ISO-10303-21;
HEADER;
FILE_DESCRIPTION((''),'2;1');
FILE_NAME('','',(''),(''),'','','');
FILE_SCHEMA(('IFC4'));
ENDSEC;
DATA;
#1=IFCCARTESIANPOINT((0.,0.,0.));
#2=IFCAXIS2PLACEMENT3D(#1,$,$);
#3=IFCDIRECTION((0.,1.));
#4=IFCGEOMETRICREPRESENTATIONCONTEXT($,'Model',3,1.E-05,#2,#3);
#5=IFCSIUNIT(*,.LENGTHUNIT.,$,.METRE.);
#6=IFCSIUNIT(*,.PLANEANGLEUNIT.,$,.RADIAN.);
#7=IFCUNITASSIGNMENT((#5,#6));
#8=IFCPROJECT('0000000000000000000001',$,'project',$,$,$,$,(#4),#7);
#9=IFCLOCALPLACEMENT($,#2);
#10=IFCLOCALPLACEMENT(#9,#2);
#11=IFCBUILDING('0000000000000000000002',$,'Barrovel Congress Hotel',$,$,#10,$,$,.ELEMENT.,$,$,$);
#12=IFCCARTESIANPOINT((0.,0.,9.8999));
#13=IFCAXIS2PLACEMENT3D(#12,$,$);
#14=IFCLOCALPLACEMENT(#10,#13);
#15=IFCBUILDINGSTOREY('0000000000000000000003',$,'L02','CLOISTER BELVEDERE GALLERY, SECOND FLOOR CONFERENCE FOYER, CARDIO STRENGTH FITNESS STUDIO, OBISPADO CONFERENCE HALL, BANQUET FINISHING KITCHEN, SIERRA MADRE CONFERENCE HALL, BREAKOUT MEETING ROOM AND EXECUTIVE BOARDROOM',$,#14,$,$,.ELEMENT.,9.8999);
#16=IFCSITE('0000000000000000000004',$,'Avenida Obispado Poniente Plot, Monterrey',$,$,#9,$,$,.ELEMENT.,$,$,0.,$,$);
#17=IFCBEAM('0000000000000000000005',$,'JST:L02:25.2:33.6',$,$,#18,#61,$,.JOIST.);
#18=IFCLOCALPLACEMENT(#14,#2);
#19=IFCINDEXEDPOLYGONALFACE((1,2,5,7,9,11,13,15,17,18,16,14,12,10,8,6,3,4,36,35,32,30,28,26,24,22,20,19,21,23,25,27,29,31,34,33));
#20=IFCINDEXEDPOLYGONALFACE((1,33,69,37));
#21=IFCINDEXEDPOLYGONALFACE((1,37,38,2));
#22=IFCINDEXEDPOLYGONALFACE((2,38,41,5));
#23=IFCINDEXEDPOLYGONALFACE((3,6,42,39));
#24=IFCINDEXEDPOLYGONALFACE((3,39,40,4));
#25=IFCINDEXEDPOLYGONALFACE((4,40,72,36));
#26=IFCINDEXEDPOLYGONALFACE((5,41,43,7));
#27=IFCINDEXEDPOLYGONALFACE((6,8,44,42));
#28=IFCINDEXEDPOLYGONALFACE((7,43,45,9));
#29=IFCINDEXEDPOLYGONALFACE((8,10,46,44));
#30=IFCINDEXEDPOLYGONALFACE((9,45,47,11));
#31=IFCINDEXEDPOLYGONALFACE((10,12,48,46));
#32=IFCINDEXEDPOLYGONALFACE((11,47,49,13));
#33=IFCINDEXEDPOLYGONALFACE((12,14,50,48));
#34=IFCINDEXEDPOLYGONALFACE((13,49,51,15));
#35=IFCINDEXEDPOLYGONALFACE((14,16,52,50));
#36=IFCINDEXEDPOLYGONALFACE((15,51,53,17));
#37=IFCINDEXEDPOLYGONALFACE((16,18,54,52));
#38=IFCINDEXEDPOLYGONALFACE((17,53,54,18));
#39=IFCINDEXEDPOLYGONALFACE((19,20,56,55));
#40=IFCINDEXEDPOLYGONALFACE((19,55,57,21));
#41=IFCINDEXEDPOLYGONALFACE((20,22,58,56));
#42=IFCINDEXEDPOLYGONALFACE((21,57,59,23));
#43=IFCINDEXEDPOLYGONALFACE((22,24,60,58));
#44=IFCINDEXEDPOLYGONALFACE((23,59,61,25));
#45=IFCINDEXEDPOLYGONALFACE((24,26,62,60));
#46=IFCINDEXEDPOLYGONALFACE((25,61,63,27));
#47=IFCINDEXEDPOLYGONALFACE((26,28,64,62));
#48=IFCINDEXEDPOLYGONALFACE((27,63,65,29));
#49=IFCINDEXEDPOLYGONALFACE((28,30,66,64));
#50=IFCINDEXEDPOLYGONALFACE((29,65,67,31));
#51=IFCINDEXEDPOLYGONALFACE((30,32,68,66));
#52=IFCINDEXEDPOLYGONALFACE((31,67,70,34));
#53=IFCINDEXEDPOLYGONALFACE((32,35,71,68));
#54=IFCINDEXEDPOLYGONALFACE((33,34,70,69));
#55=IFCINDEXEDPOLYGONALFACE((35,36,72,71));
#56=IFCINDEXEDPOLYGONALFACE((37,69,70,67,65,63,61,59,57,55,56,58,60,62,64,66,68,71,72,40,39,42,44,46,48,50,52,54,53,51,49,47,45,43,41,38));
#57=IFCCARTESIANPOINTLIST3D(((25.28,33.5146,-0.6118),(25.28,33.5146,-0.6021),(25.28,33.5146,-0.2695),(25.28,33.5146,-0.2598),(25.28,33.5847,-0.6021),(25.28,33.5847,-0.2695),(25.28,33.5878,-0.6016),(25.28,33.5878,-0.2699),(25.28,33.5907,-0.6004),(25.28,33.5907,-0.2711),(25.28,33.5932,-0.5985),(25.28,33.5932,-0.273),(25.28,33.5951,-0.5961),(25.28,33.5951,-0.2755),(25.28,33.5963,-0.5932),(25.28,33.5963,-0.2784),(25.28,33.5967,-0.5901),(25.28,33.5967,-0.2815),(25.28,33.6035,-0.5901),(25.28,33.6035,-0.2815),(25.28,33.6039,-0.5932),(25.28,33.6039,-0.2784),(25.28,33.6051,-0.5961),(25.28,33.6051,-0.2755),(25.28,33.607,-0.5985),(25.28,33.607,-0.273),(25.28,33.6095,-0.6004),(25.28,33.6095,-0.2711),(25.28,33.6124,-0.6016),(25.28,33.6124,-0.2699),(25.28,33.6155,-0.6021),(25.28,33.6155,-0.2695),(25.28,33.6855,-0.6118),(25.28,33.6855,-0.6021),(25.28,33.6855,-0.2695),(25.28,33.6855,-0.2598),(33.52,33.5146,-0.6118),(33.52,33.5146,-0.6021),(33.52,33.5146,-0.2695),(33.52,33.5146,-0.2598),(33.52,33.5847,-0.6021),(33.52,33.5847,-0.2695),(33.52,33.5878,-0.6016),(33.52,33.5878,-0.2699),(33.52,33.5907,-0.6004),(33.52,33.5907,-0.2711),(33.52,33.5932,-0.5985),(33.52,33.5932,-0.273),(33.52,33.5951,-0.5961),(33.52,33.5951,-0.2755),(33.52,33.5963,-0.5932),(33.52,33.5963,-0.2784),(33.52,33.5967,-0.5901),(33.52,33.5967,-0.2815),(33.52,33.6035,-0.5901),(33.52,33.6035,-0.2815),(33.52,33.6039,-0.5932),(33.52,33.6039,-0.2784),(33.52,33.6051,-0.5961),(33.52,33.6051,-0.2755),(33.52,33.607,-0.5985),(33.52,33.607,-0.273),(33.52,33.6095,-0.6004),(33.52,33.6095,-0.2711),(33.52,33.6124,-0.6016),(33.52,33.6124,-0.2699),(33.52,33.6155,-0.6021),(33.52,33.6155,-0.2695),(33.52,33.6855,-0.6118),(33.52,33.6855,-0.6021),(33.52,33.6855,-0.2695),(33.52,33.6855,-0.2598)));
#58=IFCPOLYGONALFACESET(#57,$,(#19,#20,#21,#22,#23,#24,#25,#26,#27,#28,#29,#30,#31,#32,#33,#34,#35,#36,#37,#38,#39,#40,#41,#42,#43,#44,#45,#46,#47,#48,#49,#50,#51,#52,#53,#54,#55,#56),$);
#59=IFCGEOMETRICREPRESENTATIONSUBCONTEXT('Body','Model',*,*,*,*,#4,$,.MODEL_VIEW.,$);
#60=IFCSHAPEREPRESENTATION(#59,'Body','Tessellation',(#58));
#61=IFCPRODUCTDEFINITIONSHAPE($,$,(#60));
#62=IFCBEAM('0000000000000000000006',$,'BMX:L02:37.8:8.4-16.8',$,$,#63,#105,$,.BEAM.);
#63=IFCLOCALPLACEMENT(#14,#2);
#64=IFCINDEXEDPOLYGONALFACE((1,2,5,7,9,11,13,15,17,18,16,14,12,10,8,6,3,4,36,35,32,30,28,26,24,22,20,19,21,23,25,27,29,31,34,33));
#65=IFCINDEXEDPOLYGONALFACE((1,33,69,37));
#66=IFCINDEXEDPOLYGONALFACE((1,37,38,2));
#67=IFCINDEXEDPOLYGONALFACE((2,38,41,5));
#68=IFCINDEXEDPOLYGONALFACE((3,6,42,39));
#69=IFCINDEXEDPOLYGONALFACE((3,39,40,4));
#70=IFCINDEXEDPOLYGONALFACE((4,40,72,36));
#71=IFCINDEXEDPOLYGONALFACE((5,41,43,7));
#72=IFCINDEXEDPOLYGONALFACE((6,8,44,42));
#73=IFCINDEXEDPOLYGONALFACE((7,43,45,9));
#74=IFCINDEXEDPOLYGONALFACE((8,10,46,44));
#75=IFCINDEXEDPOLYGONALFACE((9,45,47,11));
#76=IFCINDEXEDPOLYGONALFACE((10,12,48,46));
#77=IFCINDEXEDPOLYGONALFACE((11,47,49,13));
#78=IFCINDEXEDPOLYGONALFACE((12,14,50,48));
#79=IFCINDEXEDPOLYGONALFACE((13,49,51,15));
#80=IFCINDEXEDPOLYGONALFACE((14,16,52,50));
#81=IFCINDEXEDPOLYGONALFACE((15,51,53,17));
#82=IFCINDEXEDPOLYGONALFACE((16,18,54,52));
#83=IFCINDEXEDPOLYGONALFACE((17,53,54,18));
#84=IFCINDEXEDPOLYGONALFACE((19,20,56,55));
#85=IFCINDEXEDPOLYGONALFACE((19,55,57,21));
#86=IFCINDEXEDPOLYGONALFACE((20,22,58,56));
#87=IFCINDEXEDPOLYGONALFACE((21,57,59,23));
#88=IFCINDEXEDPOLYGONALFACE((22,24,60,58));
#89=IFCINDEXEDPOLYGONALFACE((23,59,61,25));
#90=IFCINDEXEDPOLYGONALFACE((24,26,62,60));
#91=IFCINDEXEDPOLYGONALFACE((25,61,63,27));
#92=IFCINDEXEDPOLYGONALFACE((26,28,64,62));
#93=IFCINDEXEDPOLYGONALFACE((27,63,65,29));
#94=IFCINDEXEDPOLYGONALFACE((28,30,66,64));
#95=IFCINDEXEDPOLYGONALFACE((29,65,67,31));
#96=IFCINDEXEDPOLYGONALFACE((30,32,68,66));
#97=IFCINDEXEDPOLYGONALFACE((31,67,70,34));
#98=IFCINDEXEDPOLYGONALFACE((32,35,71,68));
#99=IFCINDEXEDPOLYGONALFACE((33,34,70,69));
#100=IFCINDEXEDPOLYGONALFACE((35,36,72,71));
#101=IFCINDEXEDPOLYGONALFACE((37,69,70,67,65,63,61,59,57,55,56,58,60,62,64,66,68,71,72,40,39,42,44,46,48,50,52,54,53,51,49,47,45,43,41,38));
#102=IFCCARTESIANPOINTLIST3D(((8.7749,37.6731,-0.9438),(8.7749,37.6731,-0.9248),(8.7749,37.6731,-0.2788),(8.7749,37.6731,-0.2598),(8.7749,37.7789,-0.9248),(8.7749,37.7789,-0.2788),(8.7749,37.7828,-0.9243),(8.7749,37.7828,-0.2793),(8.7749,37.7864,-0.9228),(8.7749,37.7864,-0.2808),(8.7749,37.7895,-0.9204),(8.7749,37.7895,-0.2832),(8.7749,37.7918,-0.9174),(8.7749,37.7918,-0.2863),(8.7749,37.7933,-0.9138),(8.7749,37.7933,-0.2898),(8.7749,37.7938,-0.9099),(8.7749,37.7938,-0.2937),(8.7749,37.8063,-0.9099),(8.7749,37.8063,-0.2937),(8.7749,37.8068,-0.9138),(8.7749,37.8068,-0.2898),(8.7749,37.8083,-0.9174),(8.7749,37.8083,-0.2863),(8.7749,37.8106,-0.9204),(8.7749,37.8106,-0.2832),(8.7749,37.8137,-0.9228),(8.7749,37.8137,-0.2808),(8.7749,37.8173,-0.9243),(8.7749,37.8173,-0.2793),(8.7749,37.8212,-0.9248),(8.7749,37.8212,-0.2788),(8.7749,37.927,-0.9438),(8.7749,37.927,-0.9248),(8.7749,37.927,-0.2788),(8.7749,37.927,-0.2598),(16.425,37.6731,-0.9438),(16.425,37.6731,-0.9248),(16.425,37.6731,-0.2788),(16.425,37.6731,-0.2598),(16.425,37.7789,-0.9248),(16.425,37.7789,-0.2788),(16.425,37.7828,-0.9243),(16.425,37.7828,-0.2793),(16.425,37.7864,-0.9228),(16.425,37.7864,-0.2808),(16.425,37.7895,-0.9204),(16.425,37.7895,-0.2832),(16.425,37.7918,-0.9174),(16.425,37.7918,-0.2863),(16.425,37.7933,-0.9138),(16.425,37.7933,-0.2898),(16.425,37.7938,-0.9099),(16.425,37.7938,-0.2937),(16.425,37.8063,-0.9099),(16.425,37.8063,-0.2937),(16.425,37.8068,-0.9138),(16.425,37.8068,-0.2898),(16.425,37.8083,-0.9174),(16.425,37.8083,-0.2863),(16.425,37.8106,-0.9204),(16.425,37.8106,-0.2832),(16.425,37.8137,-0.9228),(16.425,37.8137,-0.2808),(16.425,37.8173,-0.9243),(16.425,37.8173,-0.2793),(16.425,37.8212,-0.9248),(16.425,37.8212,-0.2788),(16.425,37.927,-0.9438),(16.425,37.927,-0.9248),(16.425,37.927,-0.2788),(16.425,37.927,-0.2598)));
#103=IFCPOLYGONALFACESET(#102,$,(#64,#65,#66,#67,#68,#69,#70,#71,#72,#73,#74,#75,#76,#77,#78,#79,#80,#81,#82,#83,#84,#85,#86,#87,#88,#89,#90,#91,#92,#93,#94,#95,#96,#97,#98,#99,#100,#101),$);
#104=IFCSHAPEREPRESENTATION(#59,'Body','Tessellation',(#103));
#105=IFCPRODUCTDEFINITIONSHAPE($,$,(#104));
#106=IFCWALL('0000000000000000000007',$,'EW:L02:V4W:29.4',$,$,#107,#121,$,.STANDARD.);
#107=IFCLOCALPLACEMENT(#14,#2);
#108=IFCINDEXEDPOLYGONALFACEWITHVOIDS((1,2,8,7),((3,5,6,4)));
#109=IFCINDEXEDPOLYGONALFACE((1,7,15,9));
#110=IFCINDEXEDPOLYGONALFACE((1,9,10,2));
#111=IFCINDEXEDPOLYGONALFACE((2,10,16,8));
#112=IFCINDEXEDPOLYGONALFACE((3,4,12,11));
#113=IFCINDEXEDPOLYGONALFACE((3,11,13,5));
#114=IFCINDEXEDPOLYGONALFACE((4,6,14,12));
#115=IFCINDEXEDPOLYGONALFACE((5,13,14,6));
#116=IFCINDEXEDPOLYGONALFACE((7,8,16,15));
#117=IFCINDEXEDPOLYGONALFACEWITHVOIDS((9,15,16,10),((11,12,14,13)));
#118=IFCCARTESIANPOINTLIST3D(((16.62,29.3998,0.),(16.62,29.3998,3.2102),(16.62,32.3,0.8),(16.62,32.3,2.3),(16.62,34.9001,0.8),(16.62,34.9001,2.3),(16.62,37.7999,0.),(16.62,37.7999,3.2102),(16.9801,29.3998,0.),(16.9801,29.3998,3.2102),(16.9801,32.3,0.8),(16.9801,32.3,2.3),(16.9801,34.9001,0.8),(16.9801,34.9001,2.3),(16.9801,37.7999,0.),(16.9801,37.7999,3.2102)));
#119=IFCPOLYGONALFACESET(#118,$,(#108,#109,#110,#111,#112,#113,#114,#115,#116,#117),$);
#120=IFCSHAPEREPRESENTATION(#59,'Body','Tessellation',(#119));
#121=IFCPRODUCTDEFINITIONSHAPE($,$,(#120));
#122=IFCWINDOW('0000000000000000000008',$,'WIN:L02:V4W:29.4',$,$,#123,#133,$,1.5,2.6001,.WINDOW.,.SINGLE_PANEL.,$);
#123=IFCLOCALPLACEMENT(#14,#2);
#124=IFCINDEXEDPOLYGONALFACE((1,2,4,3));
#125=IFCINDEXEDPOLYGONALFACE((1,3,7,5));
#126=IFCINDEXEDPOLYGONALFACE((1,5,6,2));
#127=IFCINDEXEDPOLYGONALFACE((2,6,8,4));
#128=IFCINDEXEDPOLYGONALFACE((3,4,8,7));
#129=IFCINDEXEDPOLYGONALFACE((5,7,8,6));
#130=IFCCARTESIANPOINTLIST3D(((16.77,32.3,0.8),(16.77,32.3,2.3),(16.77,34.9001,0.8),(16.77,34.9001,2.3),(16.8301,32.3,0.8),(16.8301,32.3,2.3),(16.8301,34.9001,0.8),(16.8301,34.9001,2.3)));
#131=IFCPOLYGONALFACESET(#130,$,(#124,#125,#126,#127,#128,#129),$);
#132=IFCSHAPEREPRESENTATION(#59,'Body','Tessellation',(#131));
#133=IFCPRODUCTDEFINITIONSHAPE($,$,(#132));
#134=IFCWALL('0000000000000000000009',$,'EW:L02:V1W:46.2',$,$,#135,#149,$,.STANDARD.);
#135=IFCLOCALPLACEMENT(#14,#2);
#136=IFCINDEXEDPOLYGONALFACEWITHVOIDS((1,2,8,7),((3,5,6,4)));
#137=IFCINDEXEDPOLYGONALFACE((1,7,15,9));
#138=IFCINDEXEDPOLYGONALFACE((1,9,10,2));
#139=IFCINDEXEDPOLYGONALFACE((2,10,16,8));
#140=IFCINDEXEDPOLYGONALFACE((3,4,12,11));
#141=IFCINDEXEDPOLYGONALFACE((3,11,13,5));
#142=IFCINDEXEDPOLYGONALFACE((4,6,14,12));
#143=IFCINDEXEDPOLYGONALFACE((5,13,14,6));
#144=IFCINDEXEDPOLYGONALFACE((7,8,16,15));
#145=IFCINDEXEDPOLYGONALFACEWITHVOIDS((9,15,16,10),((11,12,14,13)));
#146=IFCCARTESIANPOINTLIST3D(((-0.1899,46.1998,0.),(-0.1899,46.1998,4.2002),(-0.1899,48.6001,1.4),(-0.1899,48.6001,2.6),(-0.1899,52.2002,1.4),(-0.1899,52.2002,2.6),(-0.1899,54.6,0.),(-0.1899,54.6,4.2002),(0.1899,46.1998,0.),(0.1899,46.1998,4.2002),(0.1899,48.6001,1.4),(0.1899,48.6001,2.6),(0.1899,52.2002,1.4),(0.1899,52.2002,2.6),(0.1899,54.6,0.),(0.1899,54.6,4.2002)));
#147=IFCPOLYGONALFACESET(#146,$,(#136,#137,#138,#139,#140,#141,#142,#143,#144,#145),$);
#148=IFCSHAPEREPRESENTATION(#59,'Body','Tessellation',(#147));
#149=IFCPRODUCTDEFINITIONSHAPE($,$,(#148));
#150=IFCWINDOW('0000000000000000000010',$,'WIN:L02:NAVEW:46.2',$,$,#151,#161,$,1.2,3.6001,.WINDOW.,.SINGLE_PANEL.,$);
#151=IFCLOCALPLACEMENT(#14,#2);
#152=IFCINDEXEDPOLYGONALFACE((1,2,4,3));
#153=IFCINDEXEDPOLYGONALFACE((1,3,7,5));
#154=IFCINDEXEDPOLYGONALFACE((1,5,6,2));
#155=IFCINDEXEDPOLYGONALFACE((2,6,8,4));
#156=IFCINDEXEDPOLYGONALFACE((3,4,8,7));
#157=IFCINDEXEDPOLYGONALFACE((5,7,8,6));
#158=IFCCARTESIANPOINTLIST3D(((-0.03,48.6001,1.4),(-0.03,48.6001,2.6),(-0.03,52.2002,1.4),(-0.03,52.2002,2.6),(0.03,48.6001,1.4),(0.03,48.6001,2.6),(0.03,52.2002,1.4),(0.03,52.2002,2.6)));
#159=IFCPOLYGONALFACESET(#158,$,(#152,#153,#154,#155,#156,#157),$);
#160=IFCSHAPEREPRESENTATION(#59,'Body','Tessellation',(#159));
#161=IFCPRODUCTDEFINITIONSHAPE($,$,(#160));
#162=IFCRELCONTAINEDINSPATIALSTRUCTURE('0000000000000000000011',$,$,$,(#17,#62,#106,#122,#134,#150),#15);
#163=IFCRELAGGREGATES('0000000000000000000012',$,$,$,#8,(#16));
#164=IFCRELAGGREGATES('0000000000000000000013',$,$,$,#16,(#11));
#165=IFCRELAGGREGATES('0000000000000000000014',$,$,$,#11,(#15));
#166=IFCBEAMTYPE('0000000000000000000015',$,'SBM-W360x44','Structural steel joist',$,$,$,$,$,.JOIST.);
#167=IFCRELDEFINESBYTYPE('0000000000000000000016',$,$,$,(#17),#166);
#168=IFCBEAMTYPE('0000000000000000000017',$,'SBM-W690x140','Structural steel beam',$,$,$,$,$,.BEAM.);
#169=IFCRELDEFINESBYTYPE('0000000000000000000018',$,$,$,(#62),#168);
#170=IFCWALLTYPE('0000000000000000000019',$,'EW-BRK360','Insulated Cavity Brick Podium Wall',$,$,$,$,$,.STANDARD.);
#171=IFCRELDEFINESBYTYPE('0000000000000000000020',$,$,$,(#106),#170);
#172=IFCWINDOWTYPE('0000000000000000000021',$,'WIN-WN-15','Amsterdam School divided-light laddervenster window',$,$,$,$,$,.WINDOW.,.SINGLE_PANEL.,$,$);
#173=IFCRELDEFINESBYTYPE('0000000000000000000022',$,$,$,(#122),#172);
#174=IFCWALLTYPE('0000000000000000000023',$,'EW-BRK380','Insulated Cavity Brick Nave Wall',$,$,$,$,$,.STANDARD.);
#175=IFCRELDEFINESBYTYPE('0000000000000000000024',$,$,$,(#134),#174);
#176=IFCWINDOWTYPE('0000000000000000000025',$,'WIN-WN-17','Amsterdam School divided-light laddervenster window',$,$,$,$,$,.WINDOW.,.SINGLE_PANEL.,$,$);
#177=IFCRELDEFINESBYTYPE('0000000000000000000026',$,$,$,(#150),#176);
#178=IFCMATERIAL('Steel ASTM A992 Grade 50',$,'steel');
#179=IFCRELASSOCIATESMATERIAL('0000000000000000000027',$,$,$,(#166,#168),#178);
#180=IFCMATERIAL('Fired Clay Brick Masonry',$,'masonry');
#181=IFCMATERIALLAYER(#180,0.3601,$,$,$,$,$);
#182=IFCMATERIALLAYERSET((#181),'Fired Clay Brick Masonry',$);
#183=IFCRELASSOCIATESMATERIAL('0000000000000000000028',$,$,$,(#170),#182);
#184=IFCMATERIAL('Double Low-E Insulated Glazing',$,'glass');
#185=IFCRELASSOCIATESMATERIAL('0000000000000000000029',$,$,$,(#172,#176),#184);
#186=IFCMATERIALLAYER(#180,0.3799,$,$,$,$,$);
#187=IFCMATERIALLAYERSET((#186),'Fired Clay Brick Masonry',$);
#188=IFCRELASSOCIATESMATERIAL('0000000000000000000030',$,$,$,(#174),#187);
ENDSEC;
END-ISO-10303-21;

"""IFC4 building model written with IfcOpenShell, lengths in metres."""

from ifc_helpers import new_model, si_unit, direction, frame, frame_2d, origin, origin_2d, place, context, subcontext, project, spatial, rectangle, i_section, extrude, material, layer, layer_set, material_profile, profile_set, type_object, element, fill, save


model = new_model("IFC4")

# Units and contexts
model_context = context("Model", 3, precision=1e-05, world=origin(), true_north=direction((0.0, 1.0)))
body_context = subcontext(model_context, "Body", "Model", "MODEL_VIEW")
ifc_project = project(units=[si_unit("LENGTHUNIT", "METRE"), si_unit("PLANEANGLEUNIT", "RADIAN")], contexts=[model_context])

# Site, building, storey
site_placement = place(None, origin())
site = spatial("IfcSite", under=ifc_project, at=site_placement, Name="Avenida Obispado Poniente Plot, Monterrey", CompositionType="ELEMENT", RefElevation=0.0)
building_placement = place(site_placement, origin())
building = spatial("IfcBuilding", under=site, at=building_placement, Name="Barrovel Congress Hotel", CompositionType="ELEMENT")
storey_placement = place(building_placement, frame((0.0, 0.0, 9.8999)))
storey = spatial("IfcBuildingStorey", under=building, at=storey_placement, Name="L02", Description="CLOISTER BELVEDERE GALLERY, SECOND FLOOR CONFERENCE FOYER, CARDIO STRENGTH FITNESS STUDIO, OBISPADO CONFERENCE HALL, BANQUET FINISHING KITCHEN, SIERRA MADRE CONFERENCE HALL, BREAKOUT MEETING ROOM AND EXECUTIVE BOARDROOM", CompositionType="ELEMENT", Elevation=9.8999)

# Beams
ifc_material_1 = material(Name="Steel ASTM A992 Grade 50", Category="steel")
ifc_material_profile_1 = material_profile(ifc_material_1, i_section(OverallWidth=0.1709, OverallDepth=0.3521, WebThickness=0.0068, FlangeThickness=0.0098, FilletRadius=0.012, at=origin_2d()), Name="W360x44")
ifc_profile_set_1 = profile_set([ifc_material_profile_1], Name="Steel ASTM A992 Grade 50")
beam_type_1 = type_object("IfcBeamType", Name="SBM-W360x44", Description="Structural steel joist", PredefinedType="JOIST", material=ifc_profile_set_1)
beam_1_placement = place(storey_placement, frame((25.28, 33.6001, -0.4358), z_axis=(1.0, 0.0, 0.0), x_axis=(0.0, 1.0, 0.0)))
element("IfcBeam", 1, at=beam_1_placement, inside=storey, type_object=beam_type_1, Name="JST:L02:25.2:33.6", PredefinedType="JOIST", context=body_context, shape_type="SweptSolid", body=[
    extrude(i_section(OverallWidth=0.1709, OverallDepth=0.3521, WebThickness=0.0068, FlangeThickness=0.0098, FilletRadius=0.012, at=origin_2d()), origin(), (0.0, 0.0, 1.0), 8.24),
])
ifc_material_profile_2 = material_profile(ifc_material_1, i_section(OverallWidth=0.2539, OverallDepth=0.6841, WebThickness=0.0125, FlangeThickness=0.019, FilletRadius=0.0149, at=origin_2d()), Name="W690x140")
ifc_profile_set_2 = profile_set([ifc_material_profile_2], Name="Steel ASTM A992 Grade 50")
beam_type_2 = type_object("IfcBeamType", Name="SBM-W690x140", Description="Structural steel beam", PredefinedType="BEAM", material=ifc_profile_set_2)
beam_2_placement = place(storey_placement, frame((8.7749, 37.8, -0.6018), z_axis=(1.0, 0.0, 0.0), x_axis=(0.0, 1.0, 0.0)))
element("IfcBeam", 2, at=beam_2_placement, inside=storey, type_object=beam_type_2, Name="BMX:L02:37.8:8.4-16.8", PredefinedType="BEAM", context=body_context, shape_type="SweptSolid", body=[
    extrude(i_section(OverallWidth=0.2539, OverallDepth=0.6841, WebThickness=0.0125, FlangeThickness=0.019, FilletRadius=0.0149, at=origin_2d()), origin(), (0.0, 0.0, 1.0), 7.6501),
])

# Walls, openings, windows
ifc_material_2 = material(Name="Fired Clay Brick Masonry", Category="masonry")
ifc_layer_1 = layer(ifc_material_2, 0.3601)
ifc_layer_set_1 = layer_set([ifc_layer_1], Name="Fired Clay Brick Masonry")
wall_type_1 = type_object("IfcWallType", Name="EW-BRK360", Description="Insulated Cavity Brick Podium Wall", PredefinedType="STANDARD", material=ifc_layer_set_1)
wall_1_placement = place(storey_placement, frame((16.8, 37.8, 0.0), z_axis=(0.0, 0.0, 1.0), x_axis=(0.0, -1.0, 0.0)))
wall_1 = element("IfcWall", 3, at=wall_1_placement, inside=storey, type_object=wall_type_1, Name="EW:L02:V4W:29.4", PredefinedType="STANDARD", context=body_context, shape_type="SweptSolid", body=[
    extrude(rectangle(XDim=8.4001, YDim=0.3601, at=frame_2d((4.2002, 0.0))), origin(), (0.0, 0.0, 1.0), 3.2102),
])
opening_1_placement = place(wall_1_placement, frame((2.8999, 0.0, 0.8)))
opening_1 = element("IfcOpeningElement", 4, at=opening_1_placement, cuts=wall_1, PredefinedType="OPENING", context=body_context, shape_type="SweptSolid", body=[
    extrude(rectangle(XDim=2.6001, YDim=1.5, at=frame_2d((1.3, 0.75))), frame((0.0, 0.1899, 0.0), z_axis=(0.0, -1.0, 0.0), x_axis=(1.0, 0.0, 0.0)), (0.0, 0.0, 1.0), 0.3801),
])
ifc_material_3 = material(Name="Double Low-E Insulated Glazing", Category="glass")
window_type_1 = type_object("IfcWindowType", Name="WIN-WN-15", Description="Amsterdam School divided-light laddervenster window", PartitioningType="SINGLE_PANEL", PredefinedType="WINDOW", material=ifc_material_3)
window_1_placement = place(opening_1_placement, origin())
window_1 = element("IfcWindow", 5, at=window_1_placement, inside=storey, type_object=window_type_1, Name="WIN:L02:V4W:29.4", OverallHeight=1.5, OverallWidth=2.6001, PartitioningType="SINGLE_PANEL", PredefinedType="WINDOW", context=body_context, shape_type="SweptSolid", body=[
    extrude(rectangle(XDim=2.6001, YDim=1.5, at=frame_2d((1.3, 0.75))), frame((0.0, 0.03, 0.0), z_axis=(0.0, -1.0, 0.0), x_axis=(1.0, 0.0, 0.0)), (0.0, 0.0, 1.0), 0.0601),
])
fill(opening_1, window_1)
ifc_layer_2 = layer(ifc_material_2, 0.3799)
ifc_layer_set_2 = layer_set([ifc_layer_2], Name="Fired Clay Brick Masonry")
wall_type_2 = type_object("IfcWallType", Name="EW-BRK380", Description="Insulated Cavity Brick Nave Wall", PredefinedType="STANDARD", material=ifc_layer_set_2)
wall_2_placement = place(storey_placement, frame((0.0, 54.6001, 0.0), z_axis=(0.0, 0.0, 1.0), x_axis=(0.0, -1.0, 0.0)))
wall_2 = element("IfcWall", 6, at=wall_2_placement, inside=storey, type_object=wall_type_2, Name="EW:L02:V1W:46.2", PredefinedType="STANDARD", context=body_context, shape_type="SweptSolid", body=[
    extrude(rectangle(XDim=8.4001, YDim=0.3799, at=frame_2d((4.2002, 0.0))), origin(), (0.0, 0.0, 1.0), 4.2002),
])
opening_2_placement = place(wall_2_placement, frame((2.3999, 0.0, 1.3999)))
opening_2 = element("IfcOpeningElement", 7, at=opening_2_placement, cuts=wall_2, PredefinedType="OPENING", context=body_context, shape_type="SweptSolid", body=[
    extrude(rectangle(XDim=3.6001, YDim=1.2, at=frame_2d((1.8, 0.6001))), frame((0.0, 0.2, 0.0), z_axis=(0.0, -1.0, 0.0), x_axis=(1.0, 0.0, 0.0)), (0.0, 0.0, 1.0), 0.3999),
])
window_type_2 = type_object("IfcWindowType", Name="WIN-WN-17", Description="Amsterdam School divided-light laddervenster window", PartitioningType="SINGLE_PANEL", PredefinedType="WINDOW", material=ifc_material_3)
window_2_placement = place(opening_2_placement, origin())
window_2 = element("IfcWindow", 8, at=window_2_placement, inside=storey, type_object=window_type_2, Name="WIN:L02:NAVEW:46.2", OverallHeight=1.2, OverallWidth=3.6001, PartitioningType="SINGLE_PANEL", PredefinedType="WINDOW", context=body_context, shape_type="SweptSolid", body=[
    extrude(rectangle(XDim=3.6001, YDim=1.2, at=frame_2d((1.8, 0.6001))), frame((0.0, 0.03, 0.0), z_axis=(0.0, -1.0, 0.0), x_axis=(1.0, 0.0, 0.0)), (0.0, 0.0, 1.0), 0.0601),
])
fill(opening_2, window_2)

save(model, "model.ifc")
